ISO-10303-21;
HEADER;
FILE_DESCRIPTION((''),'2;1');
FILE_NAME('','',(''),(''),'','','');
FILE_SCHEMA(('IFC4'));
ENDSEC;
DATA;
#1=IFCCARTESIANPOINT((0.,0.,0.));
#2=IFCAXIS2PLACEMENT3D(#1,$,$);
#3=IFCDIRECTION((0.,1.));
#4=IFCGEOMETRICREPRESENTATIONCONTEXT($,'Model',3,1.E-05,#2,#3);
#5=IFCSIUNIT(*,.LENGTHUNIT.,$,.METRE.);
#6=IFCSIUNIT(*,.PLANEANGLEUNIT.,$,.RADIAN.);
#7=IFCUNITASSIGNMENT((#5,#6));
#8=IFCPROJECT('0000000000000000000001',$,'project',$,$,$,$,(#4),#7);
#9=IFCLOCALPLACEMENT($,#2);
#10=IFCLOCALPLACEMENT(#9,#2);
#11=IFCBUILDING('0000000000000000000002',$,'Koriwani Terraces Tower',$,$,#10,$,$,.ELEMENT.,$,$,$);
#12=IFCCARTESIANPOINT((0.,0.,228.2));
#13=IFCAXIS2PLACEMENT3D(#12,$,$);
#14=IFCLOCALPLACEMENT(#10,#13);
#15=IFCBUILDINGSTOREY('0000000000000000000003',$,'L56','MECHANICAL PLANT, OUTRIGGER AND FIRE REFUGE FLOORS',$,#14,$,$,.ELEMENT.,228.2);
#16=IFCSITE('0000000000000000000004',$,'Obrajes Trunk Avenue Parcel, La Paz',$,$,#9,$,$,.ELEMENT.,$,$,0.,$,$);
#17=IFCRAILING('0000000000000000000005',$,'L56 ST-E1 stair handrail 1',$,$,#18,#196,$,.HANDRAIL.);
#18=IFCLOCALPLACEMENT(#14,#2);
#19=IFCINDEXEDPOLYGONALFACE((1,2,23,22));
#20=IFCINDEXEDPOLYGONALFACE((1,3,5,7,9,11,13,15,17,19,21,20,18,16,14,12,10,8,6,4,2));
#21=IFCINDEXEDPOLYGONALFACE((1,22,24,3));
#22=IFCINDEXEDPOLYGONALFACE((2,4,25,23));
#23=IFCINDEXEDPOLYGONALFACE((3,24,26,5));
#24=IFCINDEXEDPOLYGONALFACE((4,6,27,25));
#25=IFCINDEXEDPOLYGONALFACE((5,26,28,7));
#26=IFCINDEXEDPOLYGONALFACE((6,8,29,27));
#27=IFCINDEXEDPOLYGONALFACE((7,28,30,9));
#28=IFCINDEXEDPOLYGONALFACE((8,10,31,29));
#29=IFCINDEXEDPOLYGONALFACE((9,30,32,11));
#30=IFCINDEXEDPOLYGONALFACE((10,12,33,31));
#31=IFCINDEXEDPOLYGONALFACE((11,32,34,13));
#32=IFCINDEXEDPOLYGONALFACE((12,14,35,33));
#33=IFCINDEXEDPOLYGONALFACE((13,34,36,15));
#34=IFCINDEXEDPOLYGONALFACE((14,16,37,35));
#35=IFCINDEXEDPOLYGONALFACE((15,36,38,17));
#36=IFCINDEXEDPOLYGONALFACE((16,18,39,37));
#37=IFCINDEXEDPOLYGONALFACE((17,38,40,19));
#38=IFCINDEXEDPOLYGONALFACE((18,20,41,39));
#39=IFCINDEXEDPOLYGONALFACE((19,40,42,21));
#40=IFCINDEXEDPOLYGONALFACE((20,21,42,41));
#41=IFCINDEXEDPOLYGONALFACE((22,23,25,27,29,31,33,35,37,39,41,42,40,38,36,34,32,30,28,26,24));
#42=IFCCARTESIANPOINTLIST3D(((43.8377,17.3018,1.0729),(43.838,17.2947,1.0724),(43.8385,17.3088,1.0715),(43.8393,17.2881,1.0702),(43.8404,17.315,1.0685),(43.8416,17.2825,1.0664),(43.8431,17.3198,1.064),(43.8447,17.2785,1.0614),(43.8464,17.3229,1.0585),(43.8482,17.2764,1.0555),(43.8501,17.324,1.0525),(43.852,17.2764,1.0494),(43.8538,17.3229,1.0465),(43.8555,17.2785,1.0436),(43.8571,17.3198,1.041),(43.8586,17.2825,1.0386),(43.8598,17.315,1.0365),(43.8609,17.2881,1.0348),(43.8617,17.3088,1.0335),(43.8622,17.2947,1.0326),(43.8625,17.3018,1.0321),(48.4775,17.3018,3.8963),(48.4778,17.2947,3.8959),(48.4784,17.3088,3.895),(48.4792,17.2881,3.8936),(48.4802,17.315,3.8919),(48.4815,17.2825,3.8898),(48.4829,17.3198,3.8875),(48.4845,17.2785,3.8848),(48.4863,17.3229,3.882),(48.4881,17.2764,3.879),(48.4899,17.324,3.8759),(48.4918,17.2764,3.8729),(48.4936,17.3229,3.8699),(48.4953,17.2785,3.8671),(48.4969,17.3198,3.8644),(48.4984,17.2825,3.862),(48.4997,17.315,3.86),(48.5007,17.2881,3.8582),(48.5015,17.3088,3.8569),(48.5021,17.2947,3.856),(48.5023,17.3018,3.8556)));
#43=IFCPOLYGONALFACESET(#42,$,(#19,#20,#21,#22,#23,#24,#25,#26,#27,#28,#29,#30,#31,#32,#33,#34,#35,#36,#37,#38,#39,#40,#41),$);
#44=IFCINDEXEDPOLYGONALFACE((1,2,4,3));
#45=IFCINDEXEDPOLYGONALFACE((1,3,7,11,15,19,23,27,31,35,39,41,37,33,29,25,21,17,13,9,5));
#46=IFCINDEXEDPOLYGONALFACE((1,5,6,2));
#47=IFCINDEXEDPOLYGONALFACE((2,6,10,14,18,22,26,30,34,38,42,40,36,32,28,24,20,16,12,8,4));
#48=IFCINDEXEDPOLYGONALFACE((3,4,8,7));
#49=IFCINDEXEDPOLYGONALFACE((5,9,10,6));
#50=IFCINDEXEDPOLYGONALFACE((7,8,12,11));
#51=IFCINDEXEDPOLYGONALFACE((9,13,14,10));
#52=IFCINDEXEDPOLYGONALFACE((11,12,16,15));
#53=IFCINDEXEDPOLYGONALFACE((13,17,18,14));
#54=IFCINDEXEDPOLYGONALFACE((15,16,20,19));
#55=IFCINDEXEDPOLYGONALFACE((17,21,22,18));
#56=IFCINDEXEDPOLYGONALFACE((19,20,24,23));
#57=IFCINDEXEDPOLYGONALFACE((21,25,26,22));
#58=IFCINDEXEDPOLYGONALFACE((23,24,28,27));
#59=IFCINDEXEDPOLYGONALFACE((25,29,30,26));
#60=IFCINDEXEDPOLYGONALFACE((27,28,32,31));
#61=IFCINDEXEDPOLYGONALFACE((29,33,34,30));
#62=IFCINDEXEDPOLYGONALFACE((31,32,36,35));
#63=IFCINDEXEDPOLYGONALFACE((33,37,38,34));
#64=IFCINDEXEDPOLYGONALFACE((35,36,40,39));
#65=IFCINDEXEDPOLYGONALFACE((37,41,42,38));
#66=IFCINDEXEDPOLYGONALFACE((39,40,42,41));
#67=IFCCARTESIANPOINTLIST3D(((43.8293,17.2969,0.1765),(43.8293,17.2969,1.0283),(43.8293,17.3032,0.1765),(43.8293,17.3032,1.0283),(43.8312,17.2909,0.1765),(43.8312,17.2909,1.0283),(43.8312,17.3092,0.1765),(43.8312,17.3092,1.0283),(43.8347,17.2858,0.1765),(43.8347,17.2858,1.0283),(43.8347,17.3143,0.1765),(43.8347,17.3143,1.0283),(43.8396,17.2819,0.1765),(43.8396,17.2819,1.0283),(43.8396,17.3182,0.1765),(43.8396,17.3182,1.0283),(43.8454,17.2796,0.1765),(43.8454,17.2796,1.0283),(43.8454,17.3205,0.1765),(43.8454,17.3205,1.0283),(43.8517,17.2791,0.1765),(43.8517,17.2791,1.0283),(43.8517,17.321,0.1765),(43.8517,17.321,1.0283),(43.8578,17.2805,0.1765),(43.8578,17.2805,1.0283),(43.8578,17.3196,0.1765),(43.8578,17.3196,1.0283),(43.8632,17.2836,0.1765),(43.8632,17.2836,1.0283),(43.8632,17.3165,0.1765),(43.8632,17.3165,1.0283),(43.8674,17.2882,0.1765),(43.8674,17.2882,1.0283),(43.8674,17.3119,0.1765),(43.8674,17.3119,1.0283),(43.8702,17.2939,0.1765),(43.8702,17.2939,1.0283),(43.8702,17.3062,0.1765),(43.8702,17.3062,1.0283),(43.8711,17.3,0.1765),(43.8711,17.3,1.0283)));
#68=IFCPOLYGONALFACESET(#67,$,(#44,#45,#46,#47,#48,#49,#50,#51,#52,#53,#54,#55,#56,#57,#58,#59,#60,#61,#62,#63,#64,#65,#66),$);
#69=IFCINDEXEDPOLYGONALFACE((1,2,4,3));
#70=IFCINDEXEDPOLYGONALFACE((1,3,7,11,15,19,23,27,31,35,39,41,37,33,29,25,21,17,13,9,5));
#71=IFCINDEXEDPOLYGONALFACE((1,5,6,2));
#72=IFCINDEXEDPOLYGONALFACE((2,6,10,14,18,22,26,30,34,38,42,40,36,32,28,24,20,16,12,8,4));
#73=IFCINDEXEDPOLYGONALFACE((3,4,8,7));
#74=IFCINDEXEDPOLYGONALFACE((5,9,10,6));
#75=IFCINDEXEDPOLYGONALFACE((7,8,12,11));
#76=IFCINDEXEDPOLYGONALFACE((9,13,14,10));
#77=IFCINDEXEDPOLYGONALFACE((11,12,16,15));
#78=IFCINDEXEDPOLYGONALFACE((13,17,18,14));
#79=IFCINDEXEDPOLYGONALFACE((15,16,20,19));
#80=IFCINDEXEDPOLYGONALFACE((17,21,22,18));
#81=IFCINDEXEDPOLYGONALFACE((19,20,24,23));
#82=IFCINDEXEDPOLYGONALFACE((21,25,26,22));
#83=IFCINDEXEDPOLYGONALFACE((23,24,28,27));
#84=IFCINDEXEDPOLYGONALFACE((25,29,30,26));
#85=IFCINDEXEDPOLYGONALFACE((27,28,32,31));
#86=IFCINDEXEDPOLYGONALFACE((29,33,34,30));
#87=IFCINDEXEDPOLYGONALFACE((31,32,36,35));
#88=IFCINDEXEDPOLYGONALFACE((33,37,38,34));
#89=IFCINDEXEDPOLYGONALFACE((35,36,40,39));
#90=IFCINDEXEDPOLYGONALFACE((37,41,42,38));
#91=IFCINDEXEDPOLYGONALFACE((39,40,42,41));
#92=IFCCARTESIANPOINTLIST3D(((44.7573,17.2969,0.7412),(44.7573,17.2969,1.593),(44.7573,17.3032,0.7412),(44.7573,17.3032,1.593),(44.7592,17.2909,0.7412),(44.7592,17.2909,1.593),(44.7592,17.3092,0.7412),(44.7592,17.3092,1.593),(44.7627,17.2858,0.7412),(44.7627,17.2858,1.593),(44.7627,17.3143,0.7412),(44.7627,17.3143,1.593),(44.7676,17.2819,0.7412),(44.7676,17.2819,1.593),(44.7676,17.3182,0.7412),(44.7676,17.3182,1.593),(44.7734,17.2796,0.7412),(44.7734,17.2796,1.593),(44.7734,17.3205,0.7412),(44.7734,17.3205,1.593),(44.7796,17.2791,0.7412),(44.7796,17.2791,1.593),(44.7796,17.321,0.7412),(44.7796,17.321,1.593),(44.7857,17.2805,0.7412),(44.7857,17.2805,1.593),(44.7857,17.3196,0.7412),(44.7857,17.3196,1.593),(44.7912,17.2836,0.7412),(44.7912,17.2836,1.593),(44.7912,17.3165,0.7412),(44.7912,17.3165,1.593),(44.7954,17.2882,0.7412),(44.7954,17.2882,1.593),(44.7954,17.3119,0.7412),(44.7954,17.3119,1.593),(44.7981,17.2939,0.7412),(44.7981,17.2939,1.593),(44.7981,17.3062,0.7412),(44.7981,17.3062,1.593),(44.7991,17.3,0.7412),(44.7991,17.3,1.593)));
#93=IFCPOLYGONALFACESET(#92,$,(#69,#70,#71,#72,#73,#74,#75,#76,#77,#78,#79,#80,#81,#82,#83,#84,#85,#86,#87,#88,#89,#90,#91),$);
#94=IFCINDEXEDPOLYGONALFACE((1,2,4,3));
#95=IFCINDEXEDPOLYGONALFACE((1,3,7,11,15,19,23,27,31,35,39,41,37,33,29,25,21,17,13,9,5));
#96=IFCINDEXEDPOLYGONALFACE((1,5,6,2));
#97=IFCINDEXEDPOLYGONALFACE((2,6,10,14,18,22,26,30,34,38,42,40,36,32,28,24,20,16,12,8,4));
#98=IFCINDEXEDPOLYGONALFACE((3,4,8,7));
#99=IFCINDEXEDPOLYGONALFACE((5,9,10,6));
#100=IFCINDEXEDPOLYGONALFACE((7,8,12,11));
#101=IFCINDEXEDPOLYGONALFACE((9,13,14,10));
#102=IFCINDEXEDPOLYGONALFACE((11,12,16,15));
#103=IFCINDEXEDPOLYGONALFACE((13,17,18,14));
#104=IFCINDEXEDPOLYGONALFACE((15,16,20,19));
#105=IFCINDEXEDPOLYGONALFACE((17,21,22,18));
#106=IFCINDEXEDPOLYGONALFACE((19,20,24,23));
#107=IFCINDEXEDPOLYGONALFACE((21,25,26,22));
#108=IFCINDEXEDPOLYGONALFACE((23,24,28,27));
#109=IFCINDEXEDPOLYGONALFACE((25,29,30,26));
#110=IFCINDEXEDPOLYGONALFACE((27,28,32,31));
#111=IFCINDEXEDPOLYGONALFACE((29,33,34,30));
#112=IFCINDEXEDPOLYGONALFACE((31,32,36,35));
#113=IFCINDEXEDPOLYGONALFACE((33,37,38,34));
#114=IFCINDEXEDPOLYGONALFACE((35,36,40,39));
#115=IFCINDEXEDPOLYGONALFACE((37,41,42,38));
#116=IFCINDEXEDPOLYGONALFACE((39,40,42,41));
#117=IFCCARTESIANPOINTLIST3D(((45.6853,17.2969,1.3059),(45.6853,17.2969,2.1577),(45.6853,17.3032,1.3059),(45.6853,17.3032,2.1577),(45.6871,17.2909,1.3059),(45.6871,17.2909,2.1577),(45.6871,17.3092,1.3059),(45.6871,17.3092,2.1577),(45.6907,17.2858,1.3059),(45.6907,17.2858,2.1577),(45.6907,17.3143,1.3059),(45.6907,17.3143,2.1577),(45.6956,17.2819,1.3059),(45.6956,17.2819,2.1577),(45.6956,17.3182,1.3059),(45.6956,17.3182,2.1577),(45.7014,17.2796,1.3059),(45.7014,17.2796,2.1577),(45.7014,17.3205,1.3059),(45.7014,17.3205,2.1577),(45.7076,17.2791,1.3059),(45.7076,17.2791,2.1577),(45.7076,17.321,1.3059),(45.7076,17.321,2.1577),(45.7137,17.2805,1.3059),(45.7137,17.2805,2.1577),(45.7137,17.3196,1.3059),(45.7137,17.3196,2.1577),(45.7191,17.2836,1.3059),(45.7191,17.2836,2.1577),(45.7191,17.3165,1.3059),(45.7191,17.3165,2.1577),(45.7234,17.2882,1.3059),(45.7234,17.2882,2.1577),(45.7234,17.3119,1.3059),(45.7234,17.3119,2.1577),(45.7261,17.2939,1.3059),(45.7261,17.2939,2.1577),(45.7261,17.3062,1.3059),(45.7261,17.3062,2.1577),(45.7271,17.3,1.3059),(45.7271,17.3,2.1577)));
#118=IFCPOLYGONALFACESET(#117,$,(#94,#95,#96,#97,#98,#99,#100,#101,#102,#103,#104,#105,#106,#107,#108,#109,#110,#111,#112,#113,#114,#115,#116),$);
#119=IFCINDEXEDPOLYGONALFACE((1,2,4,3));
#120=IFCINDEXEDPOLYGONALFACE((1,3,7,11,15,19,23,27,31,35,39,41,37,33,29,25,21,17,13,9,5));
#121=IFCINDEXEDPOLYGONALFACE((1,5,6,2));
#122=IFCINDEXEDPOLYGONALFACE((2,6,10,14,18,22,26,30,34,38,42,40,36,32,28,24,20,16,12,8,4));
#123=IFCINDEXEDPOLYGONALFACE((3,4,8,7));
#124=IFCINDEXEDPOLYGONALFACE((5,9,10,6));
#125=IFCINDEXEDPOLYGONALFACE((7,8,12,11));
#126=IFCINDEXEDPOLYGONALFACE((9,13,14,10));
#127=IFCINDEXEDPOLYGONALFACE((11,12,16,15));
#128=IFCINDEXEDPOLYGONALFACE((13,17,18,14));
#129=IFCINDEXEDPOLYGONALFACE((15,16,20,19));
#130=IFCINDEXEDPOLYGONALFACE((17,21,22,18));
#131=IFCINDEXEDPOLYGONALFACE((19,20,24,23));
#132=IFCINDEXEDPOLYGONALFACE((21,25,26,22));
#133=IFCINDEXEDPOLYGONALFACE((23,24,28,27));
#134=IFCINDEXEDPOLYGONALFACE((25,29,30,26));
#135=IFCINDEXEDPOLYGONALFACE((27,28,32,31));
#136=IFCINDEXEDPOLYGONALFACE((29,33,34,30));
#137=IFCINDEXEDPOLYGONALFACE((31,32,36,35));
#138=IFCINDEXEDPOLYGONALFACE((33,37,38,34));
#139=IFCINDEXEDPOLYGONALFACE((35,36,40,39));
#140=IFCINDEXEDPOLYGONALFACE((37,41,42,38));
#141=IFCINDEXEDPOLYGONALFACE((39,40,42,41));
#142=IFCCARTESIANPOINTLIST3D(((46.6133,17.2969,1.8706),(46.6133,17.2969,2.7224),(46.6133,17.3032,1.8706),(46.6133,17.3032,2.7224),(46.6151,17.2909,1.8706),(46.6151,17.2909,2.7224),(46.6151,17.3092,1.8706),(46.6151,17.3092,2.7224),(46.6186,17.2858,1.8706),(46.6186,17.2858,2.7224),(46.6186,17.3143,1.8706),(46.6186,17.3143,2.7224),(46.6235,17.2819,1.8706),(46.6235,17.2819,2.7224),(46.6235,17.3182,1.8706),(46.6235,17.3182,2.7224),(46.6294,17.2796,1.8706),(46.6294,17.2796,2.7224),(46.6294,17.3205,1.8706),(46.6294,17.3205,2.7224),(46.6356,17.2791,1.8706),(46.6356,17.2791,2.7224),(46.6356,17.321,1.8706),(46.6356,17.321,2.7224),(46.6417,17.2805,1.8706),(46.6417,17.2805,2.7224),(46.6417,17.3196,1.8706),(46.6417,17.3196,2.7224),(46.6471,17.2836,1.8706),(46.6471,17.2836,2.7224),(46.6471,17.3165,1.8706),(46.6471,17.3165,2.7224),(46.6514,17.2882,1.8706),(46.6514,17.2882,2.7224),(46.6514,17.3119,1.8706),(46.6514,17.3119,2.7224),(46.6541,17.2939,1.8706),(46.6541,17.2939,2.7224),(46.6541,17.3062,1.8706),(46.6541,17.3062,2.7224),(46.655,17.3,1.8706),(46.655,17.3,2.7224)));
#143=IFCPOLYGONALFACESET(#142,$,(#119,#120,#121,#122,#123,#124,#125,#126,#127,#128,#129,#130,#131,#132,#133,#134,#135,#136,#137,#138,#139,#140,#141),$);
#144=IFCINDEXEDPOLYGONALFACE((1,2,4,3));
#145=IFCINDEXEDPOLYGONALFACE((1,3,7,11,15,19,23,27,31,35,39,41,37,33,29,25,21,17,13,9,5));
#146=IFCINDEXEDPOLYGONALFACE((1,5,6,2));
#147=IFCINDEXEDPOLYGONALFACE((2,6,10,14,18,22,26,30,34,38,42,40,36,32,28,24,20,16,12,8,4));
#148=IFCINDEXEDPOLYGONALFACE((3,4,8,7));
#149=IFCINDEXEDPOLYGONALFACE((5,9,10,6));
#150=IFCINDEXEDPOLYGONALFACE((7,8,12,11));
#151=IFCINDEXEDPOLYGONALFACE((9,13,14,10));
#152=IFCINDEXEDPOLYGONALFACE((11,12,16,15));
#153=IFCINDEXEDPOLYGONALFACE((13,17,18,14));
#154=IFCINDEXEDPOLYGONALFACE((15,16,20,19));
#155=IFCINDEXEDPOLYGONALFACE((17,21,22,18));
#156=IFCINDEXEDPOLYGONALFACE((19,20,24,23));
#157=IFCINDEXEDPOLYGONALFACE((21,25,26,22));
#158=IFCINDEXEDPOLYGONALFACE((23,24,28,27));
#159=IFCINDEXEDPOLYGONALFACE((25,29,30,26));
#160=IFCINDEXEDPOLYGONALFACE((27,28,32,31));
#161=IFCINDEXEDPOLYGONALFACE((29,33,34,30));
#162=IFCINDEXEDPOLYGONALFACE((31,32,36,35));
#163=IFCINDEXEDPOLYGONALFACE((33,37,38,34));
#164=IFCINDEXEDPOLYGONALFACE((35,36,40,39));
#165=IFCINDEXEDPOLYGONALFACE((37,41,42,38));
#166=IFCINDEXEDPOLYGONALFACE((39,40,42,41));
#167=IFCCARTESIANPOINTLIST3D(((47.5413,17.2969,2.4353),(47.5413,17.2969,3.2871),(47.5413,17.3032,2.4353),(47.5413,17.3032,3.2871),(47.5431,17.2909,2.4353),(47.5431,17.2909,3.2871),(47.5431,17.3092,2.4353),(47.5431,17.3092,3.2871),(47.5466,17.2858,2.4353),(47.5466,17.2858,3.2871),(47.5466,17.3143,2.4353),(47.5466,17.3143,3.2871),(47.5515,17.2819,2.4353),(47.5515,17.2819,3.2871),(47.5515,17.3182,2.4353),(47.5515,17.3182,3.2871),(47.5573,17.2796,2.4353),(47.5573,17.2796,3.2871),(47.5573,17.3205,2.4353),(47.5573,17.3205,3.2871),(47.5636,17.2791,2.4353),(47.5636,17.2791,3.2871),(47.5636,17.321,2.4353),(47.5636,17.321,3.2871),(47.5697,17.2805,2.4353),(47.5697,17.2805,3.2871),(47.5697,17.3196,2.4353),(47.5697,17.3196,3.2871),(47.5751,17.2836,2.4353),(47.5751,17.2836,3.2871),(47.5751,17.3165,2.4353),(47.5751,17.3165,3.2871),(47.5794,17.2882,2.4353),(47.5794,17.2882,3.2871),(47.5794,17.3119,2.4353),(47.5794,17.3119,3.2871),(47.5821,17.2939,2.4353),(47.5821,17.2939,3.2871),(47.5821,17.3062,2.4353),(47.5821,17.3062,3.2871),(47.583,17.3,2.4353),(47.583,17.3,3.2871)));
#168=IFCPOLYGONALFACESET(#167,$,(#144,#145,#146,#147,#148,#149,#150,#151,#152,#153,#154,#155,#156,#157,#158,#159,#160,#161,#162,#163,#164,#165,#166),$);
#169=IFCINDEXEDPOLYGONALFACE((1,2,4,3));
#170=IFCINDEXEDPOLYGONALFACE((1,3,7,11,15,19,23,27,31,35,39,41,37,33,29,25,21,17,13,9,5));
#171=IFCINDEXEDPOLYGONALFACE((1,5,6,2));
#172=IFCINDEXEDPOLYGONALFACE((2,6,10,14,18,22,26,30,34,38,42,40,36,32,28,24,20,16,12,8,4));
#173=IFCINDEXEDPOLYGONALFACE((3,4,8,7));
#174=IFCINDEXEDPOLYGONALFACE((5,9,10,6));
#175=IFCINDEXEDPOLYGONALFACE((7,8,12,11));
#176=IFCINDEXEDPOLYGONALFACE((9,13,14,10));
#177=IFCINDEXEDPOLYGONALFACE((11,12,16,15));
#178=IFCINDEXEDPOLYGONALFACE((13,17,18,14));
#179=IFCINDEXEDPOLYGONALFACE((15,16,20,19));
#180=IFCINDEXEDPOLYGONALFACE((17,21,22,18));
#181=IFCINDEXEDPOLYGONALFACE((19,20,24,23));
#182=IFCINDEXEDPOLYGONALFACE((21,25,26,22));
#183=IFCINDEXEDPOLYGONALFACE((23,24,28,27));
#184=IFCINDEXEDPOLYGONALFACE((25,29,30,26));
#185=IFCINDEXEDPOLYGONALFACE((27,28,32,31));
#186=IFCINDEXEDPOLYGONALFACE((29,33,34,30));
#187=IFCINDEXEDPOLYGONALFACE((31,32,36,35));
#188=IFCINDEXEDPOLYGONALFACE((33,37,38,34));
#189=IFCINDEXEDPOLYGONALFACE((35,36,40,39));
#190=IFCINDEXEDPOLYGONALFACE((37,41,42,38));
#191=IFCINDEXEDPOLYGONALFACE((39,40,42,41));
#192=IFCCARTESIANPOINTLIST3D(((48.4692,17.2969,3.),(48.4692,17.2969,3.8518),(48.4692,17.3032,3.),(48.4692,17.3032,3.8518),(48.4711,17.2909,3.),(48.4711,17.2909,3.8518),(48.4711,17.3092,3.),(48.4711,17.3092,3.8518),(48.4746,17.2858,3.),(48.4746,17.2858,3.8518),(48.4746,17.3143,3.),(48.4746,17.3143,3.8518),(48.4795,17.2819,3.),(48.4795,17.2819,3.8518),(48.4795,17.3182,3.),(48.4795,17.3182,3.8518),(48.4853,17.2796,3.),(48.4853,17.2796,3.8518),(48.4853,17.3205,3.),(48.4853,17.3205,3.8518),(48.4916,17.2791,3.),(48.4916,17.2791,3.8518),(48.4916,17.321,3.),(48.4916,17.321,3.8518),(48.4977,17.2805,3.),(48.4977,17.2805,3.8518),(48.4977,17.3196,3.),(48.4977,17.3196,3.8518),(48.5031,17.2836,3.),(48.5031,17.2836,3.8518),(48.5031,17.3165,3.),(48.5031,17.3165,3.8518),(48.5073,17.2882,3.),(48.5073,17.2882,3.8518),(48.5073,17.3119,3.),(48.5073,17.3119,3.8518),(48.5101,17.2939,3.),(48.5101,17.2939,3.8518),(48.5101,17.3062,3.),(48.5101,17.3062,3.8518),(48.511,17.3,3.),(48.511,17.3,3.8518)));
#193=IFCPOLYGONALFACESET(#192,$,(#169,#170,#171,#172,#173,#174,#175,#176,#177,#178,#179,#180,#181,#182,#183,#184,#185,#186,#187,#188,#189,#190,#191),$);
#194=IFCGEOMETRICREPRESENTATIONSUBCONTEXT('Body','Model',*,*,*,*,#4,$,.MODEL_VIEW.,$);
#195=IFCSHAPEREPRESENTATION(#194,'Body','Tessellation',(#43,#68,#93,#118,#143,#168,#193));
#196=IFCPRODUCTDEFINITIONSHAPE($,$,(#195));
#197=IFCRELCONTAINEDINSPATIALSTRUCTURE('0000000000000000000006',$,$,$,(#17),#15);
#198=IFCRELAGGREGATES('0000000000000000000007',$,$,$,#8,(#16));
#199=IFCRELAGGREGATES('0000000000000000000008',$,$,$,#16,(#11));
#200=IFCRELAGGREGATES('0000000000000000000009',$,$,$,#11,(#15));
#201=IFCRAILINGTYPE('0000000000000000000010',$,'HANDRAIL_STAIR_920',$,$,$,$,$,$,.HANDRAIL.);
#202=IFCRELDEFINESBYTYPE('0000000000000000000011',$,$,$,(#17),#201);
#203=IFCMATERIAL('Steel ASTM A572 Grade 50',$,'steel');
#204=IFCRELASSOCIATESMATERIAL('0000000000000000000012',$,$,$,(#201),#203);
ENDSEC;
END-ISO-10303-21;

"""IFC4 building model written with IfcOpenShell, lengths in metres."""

from ifc_helpers import new_model, si_unit, direction, frame, origin, origin_2d, place, context, subcontext, project, spatial, circle, extrude, material, type_object, element, save


model = new_model("IFC4")

# Units and contexts
model_context = context("Model", 3, precision=1e-05, world=origin(), true_north=direction((0.0, 1.0)))
body_context = subcontext(model_context, "Body", "Model", "MODEL_VIEW")
ifc_project = project(units=[si_unit("LENGTHUNIT", "METRE"), si_unit("PLANEANGLEUNIT", "RADIAN")], contexts=[model_context])

# Site, building, storey
site_placement = place(None, origin())
site = spatial("IfcSite", under=ifc_project, at=site_placement, Name="Obrajes Trunk Avenue Parcel, La Paz", CompositionType="ELEMENT", RefElevation=0.0)
building_placement = place(site_placement, origin())
building = spatial("IfcBuilding", under=site, at=building_placement, Name="Koriwani Terraces Tower", CompositionType="ELEMENT")
storey_placement = place(building_placement, frame((0.0, 0.0, 228.2)))
storey = spatial("IfcBuildingStorey", under=building, at=storey_placement, Name="L56", Description="MECHANICAL PLANT, OUTRIGGER AND FIRE REFUGE FLOORS", CompositionType="ELEMENT", Elevation=228.2)

# Shared definitions
ifc_material_1 = material(Name="Steel ASTM A572 Grade 50", Category="steel")

# Railing
railing_type_1 = type_object("IfcRailingType", Name="HANDRAIL_STAIR_920", PredefinedType="HANDRAIL", material=ifc_material_1)
railing_1_placement = place(storey_placement, frame((43.8501, 17.3, 0.1765)))
element("IfcRailing", 1, at=railing_1_placement, inside=storey, type_object=railing_type_1, Name="L56 ST-E1 stair handrail 1", PredefinedType="HANDRAIL", context=body_context, shape_type="SweptSolid", body=[
    extrude(circle(Radius=0.0239, at=origin_2d()), frame((0.0, 0.0, 0.876), z_axis=(0.854264, 0.0, 0.51984), x_axis=(0.0, 1.0, 0.0)), (0.0, 0.0, 1.0), 5.4314),
    extrude(circle(Radius=0.021, at=origin_2d()), origin(), (0.0, 0.0, 1.0), 0.8518),
    extrude(circle(Radius=0.021, at=origin_2d()), frame((0.928, 0.0, 0.5647)), (0.0, 0.0, 1.0), 0.8518),
    extrude(circle(Radius=0.021, at=origin_2d()), frame((1.856, 0.0, 1.1294)), (0.0, 0.0, 1.0), 0.8518),
    extrude(circle(Radius=0.021, at=origin_2d()), frame((2.7839, 0.0, 1.6941)), (0.0, 0.0, 1.0), 0.8518),
    extrude(circle(Radius=0.021, at=origin_2d()), frame((3.7119, 0.0, 2.2588)), (0.0, 0.0, 1.0), 0.8518),
    extrude(circle(Radius=0.021, at=origin_2d()), frame((4.6399, 0.0, 2.8235)), (0.0, 0.0, 1.0), 0.8518),
])

save(model, "model.ifc")
